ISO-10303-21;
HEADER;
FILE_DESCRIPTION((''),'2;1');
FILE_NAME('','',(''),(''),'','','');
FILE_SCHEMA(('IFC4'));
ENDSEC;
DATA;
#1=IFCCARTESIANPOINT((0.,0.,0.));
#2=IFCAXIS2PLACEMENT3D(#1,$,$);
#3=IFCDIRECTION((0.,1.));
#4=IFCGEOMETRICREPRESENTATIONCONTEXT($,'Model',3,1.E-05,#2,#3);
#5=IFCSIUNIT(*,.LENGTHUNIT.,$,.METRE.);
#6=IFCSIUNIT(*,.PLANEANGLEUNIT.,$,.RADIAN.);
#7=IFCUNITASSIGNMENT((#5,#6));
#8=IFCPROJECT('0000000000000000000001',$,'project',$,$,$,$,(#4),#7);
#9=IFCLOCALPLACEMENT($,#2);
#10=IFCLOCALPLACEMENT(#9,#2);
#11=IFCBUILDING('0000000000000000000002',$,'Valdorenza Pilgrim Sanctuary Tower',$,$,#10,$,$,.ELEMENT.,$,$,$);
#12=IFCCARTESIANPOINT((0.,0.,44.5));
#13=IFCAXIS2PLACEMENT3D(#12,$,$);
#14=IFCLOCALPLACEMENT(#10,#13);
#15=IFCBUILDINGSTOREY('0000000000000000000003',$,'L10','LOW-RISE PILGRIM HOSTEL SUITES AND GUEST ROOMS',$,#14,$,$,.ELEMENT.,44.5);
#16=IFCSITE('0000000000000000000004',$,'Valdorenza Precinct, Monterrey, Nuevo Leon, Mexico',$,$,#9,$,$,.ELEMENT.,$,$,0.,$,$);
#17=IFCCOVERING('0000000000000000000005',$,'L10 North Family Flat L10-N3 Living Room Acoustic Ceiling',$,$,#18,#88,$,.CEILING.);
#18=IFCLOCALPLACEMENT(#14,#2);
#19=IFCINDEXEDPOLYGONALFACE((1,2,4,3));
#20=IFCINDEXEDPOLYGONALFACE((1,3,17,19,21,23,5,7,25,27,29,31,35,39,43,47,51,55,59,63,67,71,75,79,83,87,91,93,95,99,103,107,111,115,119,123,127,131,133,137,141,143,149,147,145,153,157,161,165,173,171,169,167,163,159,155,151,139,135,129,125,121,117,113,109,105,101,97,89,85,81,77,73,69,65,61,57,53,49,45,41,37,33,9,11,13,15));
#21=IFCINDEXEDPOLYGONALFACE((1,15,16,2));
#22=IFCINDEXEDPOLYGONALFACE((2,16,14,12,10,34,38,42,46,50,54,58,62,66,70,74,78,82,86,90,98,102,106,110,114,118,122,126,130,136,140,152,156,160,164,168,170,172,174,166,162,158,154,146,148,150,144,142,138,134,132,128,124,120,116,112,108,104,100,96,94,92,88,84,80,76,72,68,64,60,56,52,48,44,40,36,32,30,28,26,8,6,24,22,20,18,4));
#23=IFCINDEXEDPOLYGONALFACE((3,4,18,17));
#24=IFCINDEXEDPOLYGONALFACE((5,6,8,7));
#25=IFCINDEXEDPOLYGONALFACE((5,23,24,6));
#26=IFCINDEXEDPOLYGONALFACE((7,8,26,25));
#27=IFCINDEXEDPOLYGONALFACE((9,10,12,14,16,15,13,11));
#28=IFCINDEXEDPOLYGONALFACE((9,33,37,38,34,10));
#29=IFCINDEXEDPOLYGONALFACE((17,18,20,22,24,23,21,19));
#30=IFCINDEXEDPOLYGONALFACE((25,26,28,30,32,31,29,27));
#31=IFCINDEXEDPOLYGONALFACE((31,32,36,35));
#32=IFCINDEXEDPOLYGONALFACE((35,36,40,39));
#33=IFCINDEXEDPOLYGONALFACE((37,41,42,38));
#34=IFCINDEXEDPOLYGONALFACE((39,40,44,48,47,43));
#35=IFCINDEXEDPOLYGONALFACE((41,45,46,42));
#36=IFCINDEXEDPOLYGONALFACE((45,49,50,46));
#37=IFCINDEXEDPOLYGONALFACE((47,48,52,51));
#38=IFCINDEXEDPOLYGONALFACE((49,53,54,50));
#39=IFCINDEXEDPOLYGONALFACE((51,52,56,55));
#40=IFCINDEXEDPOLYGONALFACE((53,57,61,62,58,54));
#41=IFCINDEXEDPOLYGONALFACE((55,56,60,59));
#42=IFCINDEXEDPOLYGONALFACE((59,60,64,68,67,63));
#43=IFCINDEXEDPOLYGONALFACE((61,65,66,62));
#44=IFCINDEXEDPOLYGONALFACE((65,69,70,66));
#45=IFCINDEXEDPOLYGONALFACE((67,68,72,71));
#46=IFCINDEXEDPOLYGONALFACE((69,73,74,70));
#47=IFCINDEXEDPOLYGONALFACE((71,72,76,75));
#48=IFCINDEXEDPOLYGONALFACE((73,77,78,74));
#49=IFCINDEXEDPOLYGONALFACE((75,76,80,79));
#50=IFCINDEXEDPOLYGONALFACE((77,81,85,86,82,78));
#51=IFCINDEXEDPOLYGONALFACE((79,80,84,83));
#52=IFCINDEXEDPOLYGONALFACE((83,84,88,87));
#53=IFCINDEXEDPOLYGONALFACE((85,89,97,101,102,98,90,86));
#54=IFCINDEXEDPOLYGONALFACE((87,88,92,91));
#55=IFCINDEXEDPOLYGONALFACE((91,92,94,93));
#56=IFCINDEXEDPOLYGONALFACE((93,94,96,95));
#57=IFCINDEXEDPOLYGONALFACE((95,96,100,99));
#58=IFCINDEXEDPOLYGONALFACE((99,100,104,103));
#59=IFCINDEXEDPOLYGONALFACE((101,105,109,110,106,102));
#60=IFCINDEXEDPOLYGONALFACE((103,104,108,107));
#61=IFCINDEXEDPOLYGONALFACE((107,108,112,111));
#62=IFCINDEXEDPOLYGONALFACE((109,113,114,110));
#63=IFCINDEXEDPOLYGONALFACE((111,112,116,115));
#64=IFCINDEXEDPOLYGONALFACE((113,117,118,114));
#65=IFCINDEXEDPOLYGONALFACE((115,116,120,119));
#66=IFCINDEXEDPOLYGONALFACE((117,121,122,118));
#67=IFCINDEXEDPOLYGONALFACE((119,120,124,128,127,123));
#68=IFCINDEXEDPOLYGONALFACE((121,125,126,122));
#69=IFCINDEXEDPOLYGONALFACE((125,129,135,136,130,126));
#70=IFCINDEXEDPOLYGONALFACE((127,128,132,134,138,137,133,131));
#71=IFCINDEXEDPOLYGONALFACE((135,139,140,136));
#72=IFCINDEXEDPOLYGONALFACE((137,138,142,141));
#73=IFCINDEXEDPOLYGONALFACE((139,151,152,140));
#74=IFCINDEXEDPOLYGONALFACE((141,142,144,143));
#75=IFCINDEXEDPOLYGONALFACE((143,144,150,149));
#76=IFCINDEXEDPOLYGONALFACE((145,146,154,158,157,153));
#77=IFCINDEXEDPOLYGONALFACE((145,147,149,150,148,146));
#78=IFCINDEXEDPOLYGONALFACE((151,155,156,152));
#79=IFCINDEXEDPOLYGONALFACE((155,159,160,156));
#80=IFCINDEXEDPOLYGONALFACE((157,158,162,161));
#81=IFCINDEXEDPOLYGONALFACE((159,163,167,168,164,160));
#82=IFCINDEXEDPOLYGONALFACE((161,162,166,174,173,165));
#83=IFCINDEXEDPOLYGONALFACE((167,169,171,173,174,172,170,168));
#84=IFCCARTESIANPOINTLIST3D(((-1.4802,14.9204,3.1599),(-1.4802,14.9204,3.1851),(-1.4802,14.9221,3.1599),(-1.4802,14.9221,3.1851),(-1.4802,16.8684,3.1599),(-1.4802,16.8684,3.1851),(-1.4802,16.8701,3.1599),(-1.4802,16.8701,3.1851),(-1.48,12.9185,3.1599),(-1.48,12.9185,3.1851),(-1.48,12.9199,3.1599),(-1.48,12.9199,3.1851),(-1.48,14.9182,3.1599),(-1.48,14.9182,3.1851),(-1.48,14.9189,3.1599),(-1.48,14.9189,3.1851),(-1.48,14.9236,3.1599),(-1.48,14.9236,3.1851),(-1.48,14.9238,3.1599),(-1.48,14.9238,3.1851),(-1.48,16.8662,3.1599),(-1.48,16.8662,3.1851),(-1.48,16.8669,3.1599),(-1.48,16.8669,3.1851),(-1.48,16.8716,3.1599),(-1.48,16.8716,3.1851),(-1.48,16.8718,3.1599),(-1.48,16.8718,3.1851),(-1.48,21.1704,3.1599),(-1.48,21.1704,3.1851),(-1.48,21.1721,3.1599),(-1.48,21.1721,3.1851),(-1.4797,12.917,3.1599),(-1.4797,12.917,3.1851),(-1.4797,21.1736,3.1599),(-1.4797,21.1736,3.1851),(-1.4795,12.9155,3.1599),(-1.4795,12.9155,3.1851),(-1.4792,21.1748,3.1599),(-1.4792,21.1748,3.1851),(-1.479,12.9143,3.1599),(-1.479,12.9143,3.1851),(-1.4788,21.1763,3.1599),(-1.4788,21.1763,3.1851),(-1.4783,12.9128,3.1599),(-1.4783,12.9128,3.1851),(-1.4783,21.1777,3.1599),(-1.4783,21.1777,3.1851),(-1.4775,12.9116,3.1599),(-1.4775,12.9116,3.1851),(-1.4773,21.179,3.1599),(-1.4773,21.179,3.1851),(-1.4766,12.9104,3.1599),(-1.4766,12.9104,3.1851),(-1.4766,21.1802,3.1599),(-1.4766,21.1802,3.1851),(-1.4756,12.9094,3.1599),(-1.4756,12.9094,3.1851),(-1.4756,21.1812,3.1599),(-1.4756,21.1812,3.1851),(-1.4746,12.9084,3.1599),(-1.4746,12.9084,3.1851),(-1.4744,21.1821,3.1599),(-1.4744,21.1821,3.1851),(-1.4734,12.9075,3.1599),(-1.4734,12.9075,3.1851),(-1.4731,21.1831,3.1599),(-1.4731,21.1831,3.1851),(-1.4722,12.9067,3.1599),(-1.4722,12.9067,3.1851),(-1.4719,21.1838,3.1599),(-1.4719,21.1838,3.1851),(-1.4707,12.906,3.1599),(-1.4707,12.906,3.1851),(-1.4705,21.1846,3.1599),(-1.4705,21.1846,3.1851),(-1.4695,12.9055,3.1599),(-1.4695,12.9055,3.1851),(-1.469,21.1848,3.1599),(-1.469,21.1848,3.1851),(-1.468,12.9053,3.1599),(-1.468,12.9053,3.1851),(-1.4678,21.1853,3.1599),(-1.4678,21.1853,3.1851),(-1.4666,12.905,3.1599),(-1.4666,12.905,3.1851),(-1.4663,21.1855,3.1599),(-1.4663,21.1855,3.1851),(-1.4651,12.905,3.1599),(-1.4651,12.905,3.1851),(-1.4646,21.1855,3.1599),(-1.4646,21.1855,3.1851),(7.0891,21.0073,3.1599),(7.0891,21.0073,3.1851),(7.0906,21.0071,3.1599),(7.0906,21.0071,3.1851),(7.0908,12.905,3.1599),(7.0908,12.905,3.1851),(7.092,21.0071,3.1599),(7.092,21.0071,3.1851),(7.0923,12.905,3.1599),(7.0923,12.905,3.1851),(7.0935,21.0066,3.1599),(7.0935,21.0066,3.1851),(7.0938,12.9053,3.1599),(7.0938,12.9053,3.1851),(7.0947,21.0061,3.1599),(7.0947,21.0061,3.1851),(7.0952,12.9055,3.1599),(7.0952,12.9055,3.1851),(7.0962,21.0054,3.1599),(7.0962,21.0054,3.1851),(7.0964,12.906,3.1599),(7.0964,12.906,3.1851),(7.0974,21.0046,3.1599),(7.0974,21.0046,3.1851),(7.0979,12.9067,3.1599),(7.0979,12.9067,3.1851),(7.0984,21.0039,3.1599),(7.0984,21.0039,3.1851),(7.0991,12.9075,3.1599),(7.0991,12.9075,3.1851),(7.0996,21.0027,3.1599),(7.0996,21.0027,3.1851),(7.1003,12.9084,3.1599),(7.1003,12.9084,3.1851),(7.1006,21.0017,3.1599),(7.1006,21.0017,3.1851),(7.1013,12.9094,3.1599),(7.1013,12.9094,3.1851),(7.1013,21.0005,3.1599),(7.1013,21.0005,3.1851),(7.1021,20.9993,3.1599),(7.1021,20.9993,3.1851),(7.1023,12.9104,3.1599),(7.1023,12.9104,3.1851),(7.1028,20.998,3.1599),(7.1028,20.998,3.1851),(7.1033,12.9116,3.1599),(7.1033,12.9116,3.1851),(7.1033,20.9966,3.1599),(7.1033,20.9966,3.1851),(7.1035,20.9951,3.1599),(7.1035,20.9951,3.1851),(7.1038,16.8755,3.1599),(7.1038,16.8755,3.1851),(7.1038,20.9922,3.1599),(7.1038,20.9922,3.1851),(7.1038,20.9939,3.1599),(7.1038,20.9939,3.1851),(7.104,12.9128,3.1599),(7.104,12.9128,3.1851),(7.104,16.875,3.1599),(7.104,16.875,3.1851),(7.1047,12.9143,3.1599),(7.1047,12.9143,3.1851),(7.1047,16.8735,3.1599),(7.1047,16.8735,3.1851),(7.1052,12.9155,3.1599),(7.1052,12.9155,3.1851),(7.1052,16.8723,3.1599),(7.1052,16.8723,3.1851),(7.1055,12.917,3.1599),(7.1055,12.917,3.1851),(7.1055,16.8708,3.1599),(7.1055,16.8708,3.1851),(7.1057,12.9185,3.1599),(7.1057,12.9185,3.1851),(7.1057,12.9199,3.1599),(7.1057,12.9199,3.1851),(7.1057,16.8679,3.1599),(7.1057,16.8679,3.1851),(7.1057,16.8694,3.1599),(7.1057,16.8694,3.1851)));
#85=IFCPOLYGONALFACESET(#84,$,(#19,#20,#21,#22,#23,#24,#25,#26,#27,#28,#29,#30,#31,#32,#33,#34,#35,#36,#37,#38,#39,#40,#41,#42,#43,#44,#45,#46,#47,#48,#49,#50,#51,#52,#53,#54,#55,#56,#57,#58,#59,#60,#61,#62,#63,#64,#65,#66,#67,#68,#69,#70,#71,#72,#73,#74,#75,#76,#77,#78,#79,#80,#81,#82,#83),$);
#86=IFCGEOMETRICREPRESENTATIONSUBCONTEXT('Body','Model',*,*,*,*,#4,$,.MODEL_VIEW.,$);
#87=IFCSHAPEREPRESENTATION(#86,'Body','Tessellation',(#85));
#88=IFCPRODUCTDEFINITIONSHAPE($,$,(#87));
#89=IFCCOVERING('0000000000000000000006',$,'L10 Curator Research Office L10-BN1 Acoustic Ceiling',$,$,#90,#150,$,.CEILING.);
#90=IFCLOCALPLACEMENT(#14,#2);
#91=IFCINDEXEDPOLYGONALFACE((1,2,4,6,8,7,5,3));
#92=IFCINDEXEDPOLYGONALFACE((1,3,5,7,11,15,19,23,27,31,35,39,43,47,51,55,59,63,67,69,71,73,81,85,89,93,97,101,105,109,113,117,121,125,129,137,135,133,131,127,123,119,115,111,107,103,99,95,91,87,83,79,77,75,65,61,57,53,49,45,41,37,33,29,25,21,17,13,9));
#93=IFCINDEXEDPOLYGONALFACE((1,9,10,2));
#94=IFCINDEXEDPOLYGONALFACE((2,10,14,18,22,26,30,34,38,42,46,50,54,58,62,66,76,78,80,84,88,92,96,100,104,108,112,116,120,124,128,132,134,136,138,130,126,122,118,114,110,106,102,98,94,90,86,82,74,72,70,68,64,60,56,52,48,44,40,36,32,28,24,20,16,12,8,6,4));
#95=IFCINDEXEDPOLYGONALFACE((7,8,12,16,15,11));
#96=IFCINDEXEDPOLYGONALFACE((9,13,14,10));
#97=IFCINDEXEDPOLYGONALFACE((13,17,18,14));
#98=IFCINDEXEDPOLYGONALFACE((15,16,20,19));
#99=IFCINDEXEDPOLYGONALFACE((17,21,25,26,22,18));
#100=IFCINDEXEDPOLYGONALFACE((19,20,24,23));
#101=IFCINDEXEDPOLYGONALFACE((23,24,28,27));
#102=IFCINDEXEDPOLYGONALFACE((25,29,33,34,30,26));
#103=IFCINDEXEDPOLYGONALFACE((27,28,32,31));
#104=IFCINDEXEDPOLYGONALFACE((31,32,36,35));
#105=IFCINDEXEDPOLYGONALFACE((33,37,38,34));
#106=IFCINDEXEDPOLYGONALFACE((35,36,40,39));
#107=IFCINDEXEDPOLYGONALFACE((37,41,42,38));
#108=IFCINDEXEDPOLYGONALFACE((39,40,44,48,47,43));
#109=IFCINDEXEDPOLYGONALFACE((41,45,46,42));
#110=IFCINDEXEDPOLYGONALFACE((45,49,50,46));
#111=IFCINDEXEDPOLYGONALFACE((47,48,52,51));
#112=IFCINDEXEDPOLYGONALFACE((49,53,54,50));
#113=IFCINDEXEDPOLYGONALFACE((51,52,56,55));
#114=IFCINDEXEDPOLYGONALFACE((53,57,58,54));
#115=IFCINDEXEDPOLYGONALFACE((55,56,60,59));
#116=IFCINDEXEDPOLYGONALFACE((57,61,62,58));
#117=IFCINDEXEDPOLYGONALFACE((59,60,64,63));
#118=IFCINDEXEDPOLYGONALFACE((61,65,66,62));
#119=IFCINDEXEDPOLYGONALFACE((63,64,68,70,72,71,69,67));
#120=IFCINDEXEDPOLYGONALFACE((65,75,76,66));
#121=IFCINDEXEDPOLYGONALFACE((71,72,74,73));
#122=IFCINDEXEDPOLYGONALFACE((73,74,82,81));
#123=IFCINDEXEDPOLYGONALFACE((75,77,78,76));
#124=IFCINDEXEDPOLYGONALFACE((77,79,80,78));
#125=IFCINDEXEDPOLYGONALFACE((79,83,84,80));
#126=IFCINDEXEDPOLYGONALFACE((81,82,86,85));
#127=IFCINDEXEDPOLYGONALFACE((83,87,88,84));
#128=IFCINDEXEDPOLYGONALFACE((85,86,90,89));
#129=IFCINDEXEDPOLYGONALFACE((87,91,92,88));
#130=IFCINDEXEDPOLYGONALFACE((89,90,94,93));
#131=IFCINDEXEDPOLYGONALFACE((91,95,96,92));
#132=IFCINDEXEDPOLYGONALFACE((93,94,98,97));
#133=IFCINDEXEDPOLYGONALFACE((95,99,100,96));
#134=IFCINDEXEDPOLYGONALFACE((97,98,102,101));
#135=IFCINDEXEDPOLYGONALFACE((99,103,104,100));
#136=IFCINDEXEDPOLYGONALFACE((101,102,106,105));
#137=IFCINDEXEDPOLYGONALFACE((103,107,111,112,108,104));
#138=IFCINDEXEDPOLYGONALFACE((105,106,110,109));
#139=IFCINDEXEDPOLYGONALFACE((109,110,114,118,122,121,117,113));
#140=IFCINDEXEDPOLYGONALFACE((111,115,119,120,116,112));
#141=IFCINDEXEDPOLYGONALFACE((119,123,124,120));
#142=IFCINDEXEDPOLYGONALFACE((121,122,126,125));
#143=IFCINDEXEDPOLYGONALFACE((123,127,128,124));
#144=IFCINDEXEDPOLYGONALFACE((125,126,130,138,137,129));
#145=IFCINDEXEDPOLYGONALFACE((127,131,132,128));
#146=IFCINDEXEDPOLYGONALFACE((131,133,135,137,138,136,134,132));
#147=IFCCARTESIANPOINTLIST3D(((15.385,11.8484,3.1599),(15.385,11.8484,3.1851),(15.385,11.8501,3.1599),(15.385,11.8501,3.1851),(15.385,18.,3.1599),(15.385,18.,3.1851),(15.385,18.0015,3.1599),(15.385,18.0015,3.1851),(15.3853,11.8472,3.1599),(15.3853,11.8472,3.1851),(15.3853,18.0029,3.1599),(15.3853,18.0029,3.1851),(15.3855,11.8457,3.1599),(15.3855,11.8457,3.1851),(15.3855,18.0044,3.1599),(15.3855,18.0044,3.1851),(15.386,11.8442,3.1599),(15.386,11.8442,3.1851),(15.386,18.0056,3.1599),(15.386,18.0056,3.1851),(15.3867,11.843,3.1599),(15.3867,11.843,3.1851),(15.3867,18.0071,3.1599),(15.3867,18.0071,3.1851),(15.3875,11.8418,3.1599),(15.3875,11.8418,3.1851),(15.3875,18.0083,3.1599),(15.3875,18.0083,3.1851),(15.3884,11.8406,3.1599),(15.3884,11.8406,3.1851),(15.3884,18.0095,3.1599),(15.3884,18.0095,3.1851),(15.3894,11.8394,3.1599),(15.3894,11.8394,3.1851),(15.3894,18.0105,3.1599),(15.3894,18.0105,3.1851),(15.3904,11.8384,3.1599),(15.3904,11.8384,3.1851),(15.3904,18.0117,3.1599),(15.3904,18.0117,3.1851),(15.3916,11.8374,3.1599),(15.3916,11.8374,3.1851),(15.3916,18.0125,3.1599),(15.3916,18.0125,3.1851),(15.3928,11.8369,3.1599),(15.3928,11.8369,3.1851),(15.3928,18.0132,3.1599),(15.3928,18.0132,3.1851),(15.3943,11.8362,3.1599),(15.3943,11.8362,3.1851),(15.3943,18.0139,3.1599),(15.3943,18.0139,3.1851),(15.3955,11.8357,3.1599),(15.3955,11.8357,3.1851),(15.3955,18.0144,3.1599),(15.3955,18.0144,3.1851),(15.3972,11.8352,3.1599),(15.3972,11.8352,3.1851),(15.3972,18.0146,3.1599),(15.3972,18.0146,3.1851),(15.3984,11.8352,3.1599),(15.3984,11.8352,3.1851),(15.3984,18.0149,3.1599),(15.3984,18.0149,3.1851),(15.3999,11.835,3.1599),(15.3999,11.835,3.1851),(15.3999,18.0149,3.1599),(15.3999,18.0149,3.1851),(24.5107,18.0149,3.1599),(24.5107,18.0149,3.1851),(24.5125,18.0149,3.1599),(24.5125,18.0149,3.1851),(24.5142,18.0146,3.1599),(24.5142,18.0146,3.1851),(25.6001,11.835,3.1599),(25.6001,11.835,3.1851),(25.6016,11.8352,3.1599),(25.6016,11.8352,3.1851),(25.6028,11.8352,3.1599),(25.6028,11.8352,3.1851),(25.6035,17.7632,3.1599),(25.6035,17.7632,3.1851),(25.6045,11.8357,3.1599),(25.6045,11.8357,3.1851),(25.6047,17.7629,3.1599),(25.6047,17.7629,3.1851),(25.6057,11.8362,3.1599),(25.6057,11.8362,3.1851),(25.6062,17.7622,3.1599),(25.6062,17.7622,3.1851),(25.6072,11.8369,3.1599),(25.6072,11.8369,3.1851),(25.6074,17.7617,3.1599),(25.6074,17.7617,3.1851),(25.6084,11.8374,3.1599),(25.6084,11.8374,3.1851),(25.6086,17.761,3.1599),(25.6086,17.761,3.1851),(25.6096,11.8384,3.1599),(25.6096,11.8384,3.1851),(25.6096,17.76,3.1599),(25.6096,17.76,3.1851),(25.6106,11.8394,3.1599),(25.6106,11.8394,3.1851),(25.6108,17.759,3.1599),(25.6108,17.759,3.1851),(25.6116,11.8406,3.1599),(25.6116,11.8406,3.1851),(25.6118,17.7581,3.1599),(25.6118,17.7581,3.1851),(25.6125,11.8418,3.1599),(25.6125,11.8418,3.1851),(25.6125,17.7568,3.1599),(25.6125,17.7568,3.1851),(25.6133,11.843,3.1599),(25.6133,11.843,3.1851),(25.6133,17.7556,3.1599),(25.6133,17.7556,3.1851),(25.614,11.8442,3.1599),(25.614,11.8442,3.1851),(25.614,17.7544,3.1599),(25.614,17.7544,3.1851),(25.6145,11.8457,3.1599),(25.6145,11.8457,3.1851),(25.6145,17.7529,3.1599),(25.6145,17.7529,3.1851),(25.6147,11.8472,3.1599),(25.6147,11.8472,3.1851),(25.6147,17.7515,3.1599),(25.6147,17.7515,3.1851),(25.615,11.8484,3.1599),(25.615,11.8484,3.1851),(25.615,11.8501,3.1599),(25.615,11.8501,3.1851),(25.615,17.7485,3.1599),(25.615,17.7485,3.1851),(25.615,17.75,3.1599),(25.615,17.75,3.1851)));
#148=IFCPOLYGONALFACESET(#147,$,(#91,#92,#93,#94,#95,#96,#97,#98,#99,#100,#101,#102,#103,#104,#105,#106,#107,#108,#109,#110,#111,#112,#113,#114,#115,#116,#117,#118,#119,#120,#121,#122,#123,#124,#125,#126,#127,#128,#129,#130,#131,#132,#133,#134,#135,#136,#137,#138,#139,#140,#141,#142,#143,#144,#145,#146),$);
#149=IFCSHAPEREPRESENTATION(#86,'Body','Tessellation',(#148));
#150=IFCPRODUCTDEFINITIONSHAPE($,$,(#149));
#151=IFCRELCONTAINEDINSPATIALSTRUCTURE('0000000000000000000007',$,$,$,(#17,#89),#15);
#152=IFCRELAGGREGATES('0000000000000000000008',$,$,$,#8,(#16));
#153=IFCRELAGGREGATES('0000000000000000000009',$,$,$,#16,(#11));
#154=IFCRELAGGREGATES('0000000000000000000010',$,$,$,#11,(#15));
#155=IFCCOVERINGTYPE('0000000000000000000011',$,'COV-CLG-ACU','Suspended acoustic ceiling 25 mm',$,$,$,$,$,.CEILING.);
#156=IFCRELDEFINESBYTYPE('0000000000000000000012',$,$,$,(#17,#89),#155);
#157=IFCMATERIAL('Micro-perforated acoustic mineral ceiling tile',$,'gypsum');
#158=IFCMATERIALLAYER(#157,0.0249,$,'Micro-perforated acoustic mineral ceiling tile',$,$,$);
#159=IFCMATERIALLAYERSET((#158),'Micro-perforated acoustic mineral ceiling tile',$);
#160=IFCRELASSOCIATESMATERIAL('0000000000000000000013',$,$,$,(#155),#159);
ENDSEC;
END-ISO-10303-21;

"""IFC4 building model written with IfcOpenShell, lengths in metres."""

from ifc_helpers import new_model, si_unit, direction, frame, origin, place, context, subcontext, project, spatial, polyline, outline, extrude, material, layer, layer_set, type_object, element, save


model = new_model("IFC4")

# Units and contexts
model_context = context("Model", 3, precision=1e-05, world=origin(), true_north=direction((0.0, 1.0)))
body_context = subcontext(model_context, "Body", "Model", "MODEL_VIEW")
ifc_project = project(units=[si_unit("LENGTHUNIT", "METRE"), si_unit("PLANEANGLEUNIT", "RADIAN")], contexts=[model_context])

# Site, building, storey
site_placement = place(None, origin())
site = spatial("IfcSite", under=ifc_project, at=site_placement, Name="Valdorenza Precinct, Monterrey, Nuevo Leon, Mexico", CompositionType="ELEMENT", RefElevation=0.0)
building_placement = place(site_placement, origin())
building = spatial("IfcBuilding", under=site, at=building_placement, Name="Valdorenza Pilgrim Sanctuary Tower", CompositionType="ELEMENT")
storey_placement = place(building_placement, frame((0.0, 0.0, 44.5)))
storey = spatial("IfcBuildingStorey", under=building, at=storey_placement, Name="L10", Description="LOW-RISE PILGRIM HOSTEL SUITES AND GUEST ROOMS", CompositionType="ELEMENT", Elevation=44.5)

# Coverings
ifc_material_1 = material(Name="Micro-perforated acoustic mineral ceiling tile", Category="gypsum")
ifc_layer_1 = layer(ifc_material_1, 0.0249, Name="Micro-perforated acoustic mineral ceiling tile")
ifc_layer_set_1 = layer_set([ifc_layer_1], Name="Micro-perforated acoustic mineral ceiling tile")
covering_type_1 = type_object("IfcCoveringType", Name="COV-CLG-ACU", Description="Suspended acoustic ceiling 25 mm", PredefinedType="CEILING", material=ifc_layer_set_1)
covering_1_placement = place(storey_placement, frame((0.0, 0.0, 3.1599)))
element("IfcCovering", 1, at=covering_1_placement, inside=storey, type_object=covering_type_1, Name="L10 North Family Flat L10-N3 Living Room Acoustic Ceiling", PredefinedType="CEILING", context=body_context, shape_type="SweptSolid", body=[
    extrude(outline(polyline([(-1.48, 14.9182), (-1.48, 14.9189), (-1.4802, 14.9204), (-1.4802, 14.9221), (-1.48, 14.9236), (-1.48, 14.9238), (-1.48, 16.8662), (-1.48, 16.8669), (-1.4802, 16.8684), (-1.4802, 16.8701), (-1.48, 16.8716), (-1.48, 16.8718), (-1.48, 21.1704), (-1.48, 21.1721), (-1.4797, 21.1736), (-1.4792, 21.1748), (-1.4788, 21.1763), (-1.4783, 21.1777), (-1.4773, 21.179), (-1.4766, 21.1802), (-1.4756, 21.1812), (-1.4744, 21.1821), (-1.4731, 21.1831), (-1.4719, 21.1838), (-1.4705, 21.1846), (-1.469, 21.1848), (-1.4678, 21.1853), (-1.4663, 21.1855), (-1.4646, 21.1855), (7.0891, 21.0073), (7.0906, 21.0071), (7.092, 21.0071), (7.0935, 21.0066), (7.0947, 21.0061), (7.0962, 21.0054), (7.0974, 21.0046), (7.0984, 21.0039), (7.0996, 21.0027), (7.1006, 21.0017), (7.1013, 21.0005), (7.1021, 20.9993), (7.1028, 20.998), (7.1033, 20.9966), (7.1035, 20.9951), (7.1038, 20.9939), (7.1038, 20.9922), (7.1038, 16.8755), (7.104, 16.875), (7.1047, 16.8735), (7.1052, 16.8723), (7.1055, 16.8708), (7.1057, 16.8694), (7.1057, 16.8679), (7.1057, 12.9199), (7.1057, 12.9185), (7.1055, 12.917), (7.1052, 12.9155), (7.1047, 12.9143), (7.104, 12.9128), (7.1033, 12.9116), (7.1023, 12.9104), (7.1013, 12.9094), (7.1003, 12.9084), (7.0991, 12.9075), (7.0979, 12.9067), (7.0964, 12.906), (7.0952, 12.9055), (7.0938, 12.9053), (7.0923, 12.905), (7.0908, 12.905), (-1.4651, 12.905), (-1.4666, 12.905), (-1.468, 12.9053), (-1.4695, 12.9055), (-1.4707, 12.906), (-1.4722, 12.9067), (-1.4734, 12.9075), (-1.4746, 12.9084), (-1.4756, 12.9094), (-1.4766, 12.9104), (-1.4775, 12.9116), (-1.4783, 12.9128), (-1.479, 12.9143), (-1.4795, 12.9155), (-1.4797, 12.917), (-1.48, 12.9185), (-1.48, 12.9199), (-1.48, 14.9182)])), origin(), (0.0, 0.0, 1.0), 0.0251),
])
covering_2_placement = place(storey_placement, frame((0.0, 0.0, 3.1599)))
element("IfcCovering", 2, at=covering_2_placement, inside=storey, type_object=covering_type_1, Name="L10 Curator Research Office L10-BN1 Acoustic Ceiling", PredefinedType="CEILING", context=body_context, shape_type="SweptSolid", body=[
    extrude(outline(polyline([(15.3999, 11.835), (15.3984, 11.8352), (15.3972, 11.8352), (15.3955, 11.8357), (15.3943, 11.8362), (15.3928, 11.8369), (15.3916, 11.8374), (15.3904, 11.8384), (15.3894, 11.8394), (15.3884, 11.8406), (15.3875, 11.8418), (15.3867, 11.843), (15.386, 11.8442), (15.3855, 11.8457), (15.3853, 11.8472), (15.385, 11.8484), (15.385, 11.8501), (15.385, 18.0), (15.385, 18.0015), (15.3853, 18.0029), (15.3855, 18.0044), (15.386, 18.0056), (15.3867, 18.0071), (15.3875, 18.0083), (15.3884, 18.0095), (15.3894, 18.0105), (15.3904, 18.0117), (15.3916, 18.0125), (15.3928, 18.0132), (15.3943, 18.0139), (15.3955, 18.0144), (15.3972, 18.0146), (15.3984, 18.0149), (15.3999, 18.0149), (24.5107, 18.0149), (24.5125, 18.0149), (24.5142, 18.0146), (25.6035, 17.7632), (25.6047, 17.7629), (25.6062, 17.7622), (25.6074, 17.7617), (25.6086, 17.761), (25.6096, 17.76), (25.6108, 17.759), (25.6118, 17.7581), (25.6125, 17.7568), (25.6133, 17.7556), (25.614, 17.7544), (25.6145, 17.7529), (25.6147, 17.7515), (25.615, 17.75), (25.615, 17.7485), (25.615, 11.8501), (25.615, 11.8484), (25.6147, 11.8472), (25.6145, 11.8457), (25.614, 11.8442), (25.6133, 11.843), (25.6125, 11.8418), (25.6116, 11.8406), (25.6106, 11.8394), (25.6096, 11.8384), (25.6084, 11.8374), (25.6072, 11.8369), (25.6057, 11.8362), (25.6045, 11.8357), (25.6028, 11.8352), (25.6016, 11.8352), (25.6001, 11.835), (15.3999, 11.835)])), origin(), (0.0, 0.0, 1.0), 0.0251),
])

save(model, "model.ifc")
